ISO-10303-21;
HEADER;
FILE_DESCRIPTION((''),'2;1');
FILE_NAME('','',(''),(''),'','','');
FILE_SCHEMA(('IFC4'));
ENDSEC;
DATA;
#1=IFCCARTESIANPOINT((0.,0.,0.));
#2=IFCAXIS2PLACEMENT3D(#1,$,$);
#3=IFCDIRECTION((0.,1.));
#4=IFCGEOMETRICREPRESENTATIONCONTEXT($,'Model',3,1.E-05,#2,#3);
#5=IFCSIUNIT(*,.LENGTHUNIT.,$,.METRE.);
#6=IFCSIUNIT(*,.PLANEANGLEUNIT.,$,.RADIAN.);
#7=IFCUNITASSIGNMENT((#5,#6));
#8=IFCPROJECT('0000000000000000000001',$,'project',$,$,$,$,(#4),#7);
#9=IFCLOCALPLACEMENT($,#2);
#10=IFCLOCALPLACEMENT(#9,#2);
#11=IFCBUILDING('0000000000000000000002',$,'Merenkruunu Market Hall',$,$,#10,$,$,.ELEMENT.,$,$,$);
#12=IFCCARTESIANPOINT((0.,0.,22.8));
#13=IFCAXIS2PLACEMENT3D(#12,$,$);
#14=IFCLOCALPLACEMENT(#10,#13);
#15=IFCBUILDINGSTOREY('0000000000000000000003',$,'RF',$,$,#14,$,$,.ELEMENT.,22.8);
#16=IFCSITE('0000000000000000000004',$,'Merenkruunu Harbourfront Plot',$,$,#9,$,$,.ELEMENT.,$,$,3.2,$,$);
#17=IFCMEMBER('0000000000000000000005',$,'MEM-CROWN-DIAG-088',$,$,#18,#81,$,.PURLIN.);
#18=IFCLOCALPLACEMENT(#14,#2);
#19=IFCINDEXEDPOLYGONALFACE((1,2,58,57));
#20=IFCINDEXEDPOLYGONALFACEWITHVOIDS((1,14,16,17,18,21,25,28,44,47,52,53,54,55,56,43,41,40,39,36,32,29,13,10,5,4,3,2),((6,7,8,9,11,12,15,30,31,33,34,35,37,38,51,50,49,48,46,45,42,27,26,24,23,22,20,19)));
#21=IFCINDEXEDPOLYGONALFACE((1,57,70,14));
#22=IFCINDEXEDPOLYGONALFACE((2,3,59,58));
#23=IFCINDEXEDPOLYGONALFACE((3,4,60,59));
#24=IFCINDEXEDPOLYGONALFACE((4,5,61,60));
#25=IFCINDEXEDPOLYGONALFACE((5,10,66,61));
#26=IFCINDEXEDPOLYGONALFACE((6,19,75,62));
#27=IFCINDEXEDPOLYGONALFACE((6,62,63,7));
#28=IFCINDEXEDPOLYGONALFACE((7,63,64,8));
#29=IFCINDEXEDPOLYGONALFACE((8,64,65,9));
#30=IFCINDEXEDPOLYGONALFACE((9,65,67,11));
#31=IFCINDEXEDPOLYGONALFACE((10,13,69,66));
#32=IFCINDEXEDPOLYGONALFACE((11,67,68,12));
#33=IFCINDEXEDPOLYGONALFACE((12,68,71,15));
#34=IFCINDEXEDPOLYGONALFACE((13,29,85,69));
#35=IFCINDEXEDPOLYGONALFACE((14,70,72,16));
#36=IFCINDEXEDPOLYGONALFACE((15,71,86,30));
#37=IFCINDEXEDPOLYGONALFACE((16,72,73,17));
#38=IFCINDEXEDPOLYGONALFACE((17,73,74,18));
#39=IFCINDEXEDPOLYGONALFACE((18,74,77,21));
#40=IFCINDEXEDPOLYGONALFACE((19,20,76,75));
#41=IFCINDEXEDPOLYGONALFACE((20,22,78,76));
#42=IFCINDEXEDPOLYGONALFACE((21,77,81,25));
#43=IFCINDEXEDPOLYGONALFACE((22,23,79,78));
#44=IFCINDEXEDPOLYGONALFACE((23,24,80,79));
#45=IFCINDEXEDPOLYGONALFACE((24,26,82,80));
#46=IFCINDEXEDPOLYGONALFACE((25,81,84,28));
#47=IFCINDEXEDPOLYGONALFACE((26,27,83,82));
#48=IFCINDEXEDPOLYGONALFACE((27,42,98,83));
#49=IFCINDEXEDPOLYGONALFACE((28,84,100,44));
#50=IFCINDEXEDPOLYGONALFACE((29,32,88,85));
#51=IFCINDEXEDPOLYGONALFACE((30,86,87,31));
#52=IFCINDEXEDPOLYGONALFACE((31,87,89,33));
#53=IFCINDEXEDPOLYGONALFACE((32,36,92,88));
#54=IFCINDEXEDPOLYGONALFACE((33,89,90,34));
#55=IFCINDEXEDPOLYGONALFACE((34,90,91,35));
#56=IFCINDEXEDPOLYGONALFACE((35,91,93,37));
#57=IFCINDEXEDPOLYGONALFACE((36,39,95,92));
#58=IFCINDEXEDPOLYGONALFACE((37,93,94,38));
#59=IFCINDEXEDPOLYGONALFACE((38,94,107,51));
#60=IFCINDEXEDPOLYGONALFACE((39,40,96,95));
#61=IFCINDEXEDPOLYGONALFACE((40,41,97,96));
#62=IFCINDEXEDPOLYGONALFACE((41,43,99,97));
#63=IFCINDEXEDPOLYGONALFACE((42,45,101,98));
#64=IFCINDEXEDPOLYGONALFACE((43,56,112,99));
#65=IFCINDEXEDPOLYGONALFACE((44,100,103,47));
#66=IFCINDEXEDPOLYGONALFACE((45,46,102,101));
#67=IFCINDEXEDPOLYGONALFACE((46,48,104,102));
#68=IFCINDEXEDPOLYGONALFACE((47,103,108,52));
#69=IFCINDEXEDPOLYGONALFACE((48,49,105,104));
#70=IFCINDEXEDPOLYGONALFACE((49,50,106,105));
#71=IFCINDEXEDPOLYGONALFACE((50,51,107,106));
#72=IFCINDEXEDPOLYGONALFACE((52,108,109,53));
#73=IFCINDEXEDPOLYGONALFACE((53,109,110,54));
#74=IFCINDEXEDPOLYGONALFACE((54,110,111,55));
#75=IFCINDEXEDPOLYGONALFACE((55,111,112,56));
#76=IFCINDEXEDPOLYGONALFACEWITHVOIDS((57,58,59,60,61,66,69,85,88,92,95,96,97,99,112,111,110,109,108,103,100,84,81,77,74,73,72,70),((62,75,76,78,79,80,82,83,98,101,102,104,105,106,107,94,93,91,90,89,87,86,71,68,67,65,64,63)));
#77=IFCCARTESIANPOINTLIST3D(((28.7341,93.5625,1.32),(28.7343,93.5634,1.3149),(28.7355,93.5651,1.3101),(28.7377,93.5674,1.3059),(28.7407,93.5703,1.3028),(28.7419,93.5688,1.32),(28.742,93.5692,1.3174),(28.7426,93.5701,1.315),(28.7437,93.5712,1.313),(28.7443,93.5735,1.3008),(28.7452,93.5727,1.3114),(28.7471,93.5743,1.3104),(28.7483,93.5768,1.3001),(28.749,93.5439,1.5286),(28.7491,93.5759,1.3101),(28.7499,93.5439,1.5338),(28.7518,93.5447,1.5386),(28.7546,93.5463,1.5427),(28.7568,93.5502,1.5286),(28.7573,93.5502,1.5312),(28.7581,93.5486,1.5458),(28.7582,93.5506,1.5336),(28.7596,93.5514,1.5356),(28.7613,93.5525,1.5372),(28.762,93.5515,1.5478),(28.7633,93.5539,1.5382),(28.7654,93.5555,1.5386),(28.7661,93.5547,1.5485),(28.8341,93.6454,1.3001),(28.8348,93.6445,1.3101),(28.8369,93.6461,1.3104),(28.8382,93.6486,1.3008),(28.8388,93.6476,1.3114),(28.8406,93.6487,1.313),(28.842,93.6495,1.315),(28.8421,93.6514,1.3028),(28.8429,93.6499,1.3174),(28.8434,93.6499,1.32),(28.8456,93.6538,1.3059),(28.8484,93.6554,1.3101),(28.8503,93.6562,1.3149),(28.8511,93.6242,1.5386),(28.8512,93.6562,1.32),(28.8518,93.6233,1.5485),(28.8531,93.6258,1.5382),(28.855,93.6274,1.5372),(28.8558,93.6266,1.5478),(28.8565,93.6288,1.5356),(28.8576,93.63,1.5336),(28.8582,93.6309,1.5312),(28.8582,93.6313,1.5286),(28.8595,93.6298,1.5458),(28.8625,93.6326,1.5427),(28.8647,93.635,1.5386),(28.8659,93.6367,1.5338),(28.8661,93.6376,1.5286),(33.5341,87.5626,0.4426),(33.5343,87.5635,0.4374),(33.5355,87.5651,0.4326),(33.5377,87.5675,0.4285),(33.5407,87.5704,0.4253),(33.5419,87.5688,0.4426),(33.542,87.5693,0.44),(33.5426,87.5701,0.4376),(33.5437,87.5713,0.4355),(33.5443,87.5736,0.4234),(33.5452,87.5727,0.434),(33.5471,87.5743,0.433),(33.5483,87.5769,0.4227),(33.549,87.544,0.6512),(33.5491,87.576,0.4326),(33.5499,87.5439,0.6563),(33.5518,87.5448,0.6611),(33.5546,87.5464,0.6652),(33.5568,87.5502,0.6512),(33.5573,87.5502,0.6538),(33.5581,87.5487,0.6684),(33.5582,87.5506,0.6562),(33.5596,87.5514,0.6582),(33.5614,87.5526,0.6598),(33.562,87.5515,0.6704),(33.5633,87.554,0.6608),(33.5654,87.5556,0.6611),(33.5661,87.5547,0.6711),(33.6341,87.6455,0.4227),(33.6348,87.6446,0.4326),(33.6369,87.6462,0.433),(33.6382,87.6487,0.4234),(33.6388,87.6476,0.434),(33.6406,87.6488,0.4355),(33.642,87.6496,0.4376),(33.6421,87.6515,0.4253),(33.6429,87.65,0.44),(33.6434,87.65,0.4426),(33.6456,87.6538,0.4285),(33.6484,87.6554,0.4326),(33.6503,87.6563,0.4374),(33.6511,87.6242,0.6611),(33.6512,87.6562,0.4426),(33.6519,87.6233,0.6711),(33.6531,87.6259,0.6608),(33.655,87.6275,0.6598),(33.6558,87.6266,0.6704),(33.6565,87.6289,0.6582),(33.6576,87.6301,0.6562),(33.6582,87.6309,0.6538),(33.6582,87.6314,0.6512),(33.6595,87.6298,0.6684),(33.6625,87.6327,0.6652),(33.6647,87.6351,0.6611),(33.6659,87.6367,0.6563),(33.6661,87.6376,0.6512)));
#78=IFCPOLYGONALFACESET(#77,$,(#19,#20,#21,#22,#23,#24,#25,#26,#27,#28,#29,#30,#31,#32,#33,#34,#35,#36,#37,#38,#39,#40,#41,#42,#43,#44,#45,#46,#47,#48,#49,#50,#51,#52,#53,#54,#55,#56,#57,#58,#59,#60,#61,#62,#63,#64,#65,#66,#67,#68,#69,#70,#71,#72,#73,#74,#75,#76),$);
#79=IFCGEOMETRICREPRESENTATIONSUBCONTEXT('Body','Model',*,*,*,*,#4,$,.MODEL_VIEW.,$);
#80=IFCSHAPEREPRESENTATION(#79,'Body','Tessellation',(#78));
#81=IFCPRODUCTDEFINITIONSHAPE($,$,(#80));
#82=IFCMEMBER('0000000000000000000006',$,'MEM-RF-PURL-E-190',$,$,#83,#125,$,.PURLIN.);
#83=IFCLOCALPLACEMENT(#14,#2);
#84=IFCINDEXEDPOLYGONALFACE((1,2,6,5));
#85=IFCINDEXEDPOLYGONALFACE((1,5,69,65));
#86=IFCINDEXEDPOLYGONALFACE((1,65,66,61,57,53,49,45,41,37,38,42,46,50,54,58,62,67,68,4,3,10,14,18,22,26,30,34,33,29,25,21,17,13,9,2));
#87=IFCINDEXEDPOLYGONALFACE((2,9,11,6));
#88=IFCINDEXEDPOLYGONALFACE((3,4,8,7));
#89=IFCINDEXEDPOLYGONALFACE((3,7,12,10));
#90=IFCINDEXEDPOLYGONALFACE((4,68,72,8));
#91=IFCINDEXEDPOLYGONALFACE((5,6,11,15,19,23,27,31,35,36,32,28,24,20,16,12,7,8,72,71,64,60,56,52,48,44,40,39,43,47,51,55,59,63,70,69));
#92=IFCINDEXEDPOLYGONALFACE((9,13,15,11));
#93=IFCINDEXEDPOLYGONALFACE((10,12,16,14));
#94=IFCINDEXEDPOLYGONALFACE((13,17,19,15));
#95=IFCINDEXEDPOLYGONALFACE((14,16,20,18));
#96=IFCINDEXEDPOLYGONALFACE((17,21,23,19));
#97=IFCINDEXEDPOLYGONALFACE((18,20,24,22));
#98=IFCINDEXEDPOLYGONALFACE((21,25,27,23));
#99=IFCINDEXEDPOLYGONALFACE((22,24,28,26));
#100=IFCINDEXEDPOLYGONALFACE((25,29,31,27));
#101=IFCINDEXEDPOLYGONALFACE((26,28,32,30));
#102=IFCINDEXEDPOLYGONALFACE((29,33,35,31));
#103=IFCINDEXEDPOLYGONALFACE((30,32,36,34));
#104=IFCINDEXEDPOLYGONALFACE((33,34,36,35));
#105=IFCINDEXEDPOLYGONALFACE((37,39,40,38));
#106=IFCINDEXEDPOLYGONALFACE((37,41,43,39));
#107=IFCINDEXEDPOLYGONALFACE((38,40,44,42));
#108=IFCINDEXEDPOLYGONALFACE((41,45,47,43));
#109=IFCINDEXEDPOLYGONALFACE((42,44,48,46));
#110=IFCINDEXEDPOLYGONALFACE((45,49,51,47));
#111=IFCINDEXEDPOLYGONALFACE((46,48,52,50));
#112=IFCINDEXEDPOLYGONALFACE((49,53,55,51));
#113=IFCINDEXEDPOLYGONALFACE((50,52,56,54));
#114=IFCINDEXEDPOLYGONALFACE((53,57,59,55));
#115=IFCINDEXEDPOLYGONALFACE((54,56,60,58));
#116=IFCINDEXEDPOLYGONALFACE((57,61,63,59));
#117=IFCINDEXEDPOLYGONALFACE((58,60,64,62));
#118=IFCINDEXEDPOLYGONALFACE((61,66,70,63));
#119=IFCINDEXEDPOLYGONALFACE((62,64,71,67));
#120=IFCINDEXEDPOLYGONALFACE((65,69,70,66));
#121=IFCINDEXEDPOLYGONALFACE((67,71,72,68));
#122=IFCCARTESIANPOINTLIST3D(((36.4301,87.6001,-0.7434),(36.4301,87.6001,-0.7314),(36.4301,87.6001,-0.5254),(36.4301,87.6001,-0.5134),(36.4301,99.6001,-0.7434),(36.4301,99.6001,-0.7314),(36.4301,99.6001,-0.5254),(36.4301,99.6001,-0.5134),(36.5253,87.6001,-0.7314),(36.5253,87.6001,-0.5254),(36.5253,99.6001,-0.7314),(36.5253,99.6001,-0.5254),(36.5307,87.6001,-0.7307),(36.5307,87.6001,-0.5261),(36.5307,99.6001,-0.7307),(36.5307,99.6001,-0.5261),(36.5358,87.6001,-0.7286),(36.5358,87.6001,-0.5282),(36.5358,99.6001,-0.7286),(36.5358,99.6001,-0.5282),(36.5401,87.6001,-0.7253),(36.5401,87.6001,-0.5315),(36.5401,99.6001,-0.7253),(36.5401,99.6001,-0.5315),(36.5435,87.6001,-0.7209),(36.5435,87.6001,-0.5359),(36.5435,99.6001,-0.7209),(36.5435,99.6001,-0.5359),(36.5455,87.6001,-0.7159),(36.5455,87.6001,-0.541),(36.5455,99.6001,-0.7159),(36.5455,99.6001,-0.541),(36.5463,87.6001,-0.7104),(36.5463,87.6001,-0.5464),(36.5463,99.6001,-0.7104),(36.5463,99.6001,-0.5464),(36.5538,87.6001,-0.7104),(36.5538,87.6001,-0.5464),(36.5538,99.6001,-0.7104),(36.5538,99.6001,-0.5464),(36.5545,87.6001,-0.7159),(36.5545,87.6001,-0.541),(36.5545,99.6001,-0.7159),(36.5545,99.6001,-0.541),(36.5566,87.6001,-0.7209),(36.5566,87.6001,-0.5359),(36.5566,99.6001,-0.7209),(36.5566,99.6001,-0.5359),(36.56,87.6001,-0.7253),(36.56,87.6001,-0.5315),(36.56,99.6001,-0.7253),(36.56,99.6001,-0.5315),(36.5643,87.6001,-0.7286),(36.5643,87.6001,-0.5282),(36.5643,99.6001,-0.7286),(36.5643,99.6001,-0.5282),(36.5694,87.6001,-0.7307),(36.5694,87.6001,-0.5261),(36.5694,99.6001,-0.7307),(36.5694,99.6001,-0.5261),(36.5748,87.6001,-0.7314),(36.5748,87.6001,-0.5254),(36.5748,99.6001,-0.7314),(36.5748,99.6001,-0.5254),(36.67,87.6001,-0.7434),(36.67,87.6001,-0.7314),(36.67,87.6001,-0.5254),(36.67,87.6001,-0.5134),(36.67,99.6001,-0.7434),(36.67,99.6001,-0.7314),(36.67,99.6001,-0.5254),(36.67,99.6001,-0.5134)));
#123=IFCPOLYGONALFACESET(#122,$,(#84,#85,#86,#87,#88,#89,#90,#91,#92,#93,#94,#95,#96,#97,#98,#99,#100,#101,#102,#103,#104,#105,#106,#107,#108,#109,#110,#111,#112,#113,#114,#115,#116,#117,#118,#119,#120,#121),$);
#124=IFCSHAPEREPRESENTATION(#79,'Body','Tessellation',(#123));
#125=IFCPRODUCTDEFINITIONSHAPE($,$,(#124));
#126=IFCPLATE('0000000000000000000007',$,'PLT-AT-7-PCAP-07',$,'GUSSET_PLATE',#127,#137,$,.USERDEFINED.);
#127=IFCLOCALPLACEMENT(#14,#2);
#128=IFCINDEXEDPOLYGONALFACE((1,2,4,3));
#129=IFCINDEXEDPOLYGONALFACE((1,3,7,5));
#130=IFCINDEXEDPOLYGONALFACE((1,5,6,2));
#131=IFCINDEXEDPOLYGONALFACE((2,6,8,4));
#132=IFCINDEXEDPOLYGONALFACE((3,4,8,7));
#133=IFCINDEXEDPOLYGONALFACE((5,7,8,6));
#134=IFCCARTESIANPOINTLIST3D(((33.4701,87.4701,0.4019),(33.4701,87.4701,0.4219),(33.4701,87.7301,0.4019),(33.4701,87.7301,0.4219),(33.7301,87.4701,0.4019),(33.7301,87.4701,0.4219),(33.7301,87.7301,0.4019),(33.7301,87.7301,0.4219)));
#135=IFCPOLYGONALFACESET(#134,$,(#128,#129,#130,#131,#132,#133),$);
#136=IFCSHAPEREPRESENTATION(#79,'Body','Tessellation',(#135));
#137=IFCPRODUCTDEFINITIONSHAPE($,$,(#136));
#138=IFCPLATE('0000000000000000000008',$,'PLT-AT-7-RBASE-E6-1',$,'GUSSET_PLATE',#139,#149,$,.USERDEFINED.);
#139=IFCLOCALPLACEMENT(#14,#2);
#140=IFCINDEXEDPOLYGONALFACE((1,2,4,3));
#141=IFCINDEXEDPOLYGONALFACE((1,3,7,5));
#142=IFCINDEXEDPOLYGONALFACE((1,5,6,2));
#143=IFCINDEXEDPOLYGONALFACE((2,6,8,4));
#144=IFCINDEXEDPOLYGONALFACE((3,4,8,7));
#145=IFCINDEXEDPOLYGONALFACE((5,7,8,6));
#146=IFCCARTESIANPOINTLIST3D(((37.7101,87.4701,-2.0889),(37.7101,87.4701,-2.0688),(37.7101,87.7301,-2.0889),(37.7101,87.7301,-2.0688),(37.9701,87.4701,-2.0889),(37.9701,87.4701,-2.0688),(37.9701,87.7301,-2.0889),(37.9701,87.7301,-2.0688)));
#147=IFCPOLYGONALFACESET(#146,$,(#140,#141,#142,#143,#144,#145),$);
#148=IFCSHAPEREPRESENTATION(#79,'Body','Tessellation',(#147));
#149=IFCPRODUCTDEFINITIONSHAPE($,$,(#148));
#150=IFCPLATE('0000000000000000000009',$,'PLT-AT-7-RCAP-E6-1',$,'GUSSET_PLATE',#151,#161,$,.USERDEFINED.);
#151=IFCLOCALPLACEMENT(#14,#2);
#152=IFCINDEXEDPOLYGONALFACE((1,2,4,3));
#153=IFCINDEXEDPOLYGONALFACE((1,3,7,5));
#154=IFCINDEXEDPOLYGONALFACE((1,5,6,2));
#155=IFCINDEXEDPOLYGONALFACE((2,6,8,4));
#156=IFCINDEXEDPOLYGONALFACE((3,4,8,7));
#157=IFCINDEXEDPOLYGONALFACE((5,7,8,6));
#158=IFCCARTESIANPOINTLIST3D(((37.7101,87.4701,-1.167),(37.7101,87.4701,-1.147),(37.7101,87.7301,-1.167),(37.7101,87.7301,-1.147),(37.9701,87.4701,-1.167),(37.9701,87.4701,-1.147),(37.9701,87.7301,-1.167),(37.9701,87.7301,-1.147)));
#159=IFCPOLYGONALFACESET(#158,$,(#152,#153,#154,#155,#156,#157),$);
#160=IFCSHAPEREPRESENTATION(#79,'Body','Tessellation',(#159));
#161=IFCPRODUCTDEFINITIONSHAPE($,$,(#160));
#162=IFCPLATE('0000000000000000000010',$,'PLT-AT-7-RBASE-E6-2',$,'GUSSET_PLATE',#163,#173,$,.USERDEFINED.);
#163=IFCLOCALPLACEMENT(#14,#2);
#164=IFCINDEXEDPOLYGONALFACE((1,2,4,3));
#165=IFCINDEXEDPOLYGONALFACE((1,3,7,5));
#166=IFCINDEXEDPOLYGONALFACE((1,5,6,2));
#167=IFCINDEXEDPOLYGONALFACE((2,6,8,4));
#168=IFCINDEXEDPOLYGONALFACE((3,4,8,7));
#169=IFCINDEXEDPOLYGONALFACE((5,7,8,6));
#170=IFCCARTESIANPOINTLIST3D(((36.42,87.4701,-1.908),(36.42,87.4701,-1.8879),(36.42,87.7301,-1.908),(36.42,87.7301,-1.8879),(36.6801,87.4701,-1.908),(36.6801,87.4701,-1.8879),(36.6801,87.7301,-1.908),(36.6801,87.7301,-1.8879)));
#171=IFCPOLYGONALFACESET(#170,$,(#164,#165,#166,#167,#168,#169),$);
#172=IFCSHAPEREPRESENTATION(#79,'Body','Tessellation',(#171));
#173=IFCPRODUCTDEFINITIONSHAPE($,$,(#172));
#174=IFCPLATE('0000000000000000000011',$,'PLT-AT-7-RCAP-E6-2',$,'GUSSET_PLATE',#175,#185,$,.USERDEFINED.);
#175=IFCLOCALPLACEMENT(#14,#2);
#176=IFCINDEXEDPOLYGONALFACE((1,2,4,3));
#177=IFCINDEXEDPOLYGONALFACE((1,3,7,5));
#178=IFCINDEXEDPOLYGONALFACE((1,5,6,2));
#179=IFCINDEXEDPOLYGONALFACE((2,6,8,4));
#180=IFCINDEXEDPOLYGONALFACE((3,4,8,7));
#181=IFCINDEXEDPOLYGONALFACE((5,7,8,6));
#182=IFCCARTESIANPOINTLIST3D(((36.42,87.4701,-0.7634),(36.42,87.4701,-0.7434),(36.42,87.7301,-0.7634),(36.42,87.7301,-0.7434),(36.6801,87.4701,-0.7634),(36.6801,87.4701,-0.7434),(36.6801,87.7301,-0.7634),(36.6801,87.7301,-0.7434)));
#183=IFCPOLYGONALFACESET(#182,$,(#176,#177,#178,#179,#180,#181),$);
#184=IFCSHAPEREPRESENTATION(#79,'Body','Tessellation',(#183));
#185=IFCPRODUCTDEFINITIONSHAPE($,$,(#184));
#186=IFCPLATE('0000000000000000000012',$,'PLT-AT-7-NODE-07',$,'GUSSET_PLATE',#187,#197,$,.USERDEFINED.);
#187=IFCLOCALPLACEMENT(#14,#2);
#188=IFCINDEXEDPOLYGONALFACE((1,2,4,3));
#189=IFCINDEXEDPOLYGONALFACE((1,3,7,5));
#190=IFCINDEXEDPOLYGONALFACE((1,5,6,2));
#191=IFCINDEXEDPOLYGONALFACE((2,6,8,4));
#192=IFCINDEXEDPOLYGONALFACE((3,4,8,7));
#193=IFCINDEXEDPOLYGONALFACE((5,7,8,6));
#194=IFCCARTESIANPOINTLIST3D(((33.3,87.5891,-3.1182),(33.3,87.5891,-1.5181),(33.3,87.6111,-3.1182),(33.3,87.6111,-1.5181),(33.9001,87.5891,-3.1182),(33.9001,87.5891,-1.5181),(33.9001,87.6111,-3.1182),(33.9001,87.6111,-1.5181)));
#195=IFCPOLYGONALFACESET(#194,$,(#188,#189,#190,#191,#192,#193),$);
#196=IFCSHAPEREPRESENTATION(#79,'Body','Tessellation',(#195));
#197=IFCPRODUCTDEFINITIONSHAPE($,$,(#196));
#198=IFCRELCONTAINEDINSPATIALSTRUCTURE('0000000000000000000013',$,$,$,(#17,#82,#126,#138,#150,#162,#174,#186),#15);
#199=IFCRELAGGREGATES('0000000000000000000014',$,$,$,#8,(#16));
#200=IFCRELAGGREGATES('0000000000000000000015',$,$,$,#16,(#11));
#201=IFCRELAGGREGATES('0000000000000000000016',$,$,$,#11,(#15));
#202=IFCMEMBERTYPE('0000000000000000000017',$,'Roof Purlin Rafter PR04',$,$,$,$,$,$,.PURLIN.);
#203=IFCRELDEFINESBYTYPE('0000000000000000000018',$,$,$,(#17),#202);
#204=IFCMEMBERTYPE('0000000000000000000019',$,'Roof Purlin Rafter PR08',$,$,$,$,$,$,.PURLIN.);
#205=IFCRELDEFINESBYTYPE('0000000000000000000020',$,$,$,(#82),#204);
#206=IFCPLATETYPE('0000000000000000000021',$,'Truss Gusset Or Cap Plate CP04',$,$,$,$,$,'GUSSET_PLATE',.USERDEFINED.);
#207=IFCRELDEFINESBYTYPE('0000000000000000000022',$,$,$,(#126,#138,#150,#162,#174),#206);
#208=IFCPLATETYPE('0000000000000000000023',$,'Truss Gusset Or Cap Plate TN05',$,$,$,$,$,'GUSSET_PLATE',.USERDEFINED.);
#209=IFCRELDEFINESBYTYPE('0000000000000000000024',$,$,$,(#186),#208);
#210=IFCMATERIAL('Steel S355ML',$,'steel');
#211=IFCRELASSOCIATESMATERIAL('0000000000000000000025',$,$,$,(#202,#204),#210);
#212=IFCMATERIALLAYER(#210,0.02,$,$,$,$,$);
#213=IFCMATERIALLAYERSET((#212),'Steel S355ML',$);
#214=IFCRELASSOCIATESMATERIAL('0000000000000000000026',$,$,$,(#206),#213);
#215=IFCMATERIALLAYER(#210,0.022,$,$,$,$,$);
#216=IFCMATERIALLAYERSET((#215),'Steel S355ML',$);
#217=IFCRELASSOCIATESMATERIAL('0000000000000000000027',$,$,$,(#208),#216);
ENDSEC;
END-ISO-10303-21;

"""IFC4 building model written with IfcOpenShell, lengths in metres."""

from ifc_helpers import new_model, si_unit, direction, frame, origin, origin_2d, place, context, subcontext, project, spatial, rectangle, hollow_rectangle, i_section, extrude, material, layer, layer_set, material_profile, profile_set, type_object, element, save


model = new_model("IFC4")

# Units and contexts
model_context = context("Model", 3, precision=1e-05, world=origin(), true_north=direction((0.0, 1.0)))
body_context = subcontext(model_context, "Body", "Model", "MODEL_VIEW")
ifc_project = project(units=[si_unit("LENGTHUNIT", "METRE"), si_unit("PLANEANGLEUNIT", "RADIAN")], contexts=[model_context])

# Site, building, storey
site_placement = place(None, origin())
site = spatial("IfcSite", under=ifc_project, at=site_placement, Name="Merenkruunu Harbourfront Plot", CompositionType="ELEMENT", RefElevation=3.2)
building_placement = place(site_placement, origin())
building = spatial("IfcBuilding", under=site, at=building_placement, Name="Merenkruunu Market Hall", CompositionType="ELEMENT")
storey_placement = place(building_placement, frame((0.0, 0.0, 22.8)))
storey = spatial("IfcBuildingStorey", under=building, at=storey_placement, Name="RF", CompositionType="ELEMENT", Elevation=22.8)

# Members
ifc_material_1 = material(Name="Steel S355ML", Category="steel")
ifc_material_profile_1 = material_profile(ifc_material_1, hollow_rectangle(XDim=0.1499, YDim=0.25, WallThickness=0.01, InnerFilletRadius=0.01, OuterFilletRadius=0.02, at=origin_2d()), Name="RHS 250x150x10")
ifc_profile_set_1 = profile_set([ifc_material_profile_1], Name="Steel S355ML")
member_type_1 = type_object("IfcMemberType", Name="Roof Purlin Rafter PR04", PredefinedType="PURLIN", material=ifc_profile_set_1)
member_1_placement = place(storey_placement, frame((33.6001, 87.6001, 0.5469), z_axis=(-0.620665, 0.775824, 0.113457), x_axis=(-0.780866, -0.624699, 0.0)))
element("IfcMember", 1, at=member_1_placement, inside=storey, type_object=member_type_1, Name="MEM-CROWN-DIAG-088", PredefinedType="PURLIN", context=body_context, shape_type="SweptSolid", body=[
    extrude(hollow_rectangle(XDim=0.1499, YDim=0.25, WallThickness=0.01, InnerFilletRadius=0.01, OuterFilletRadius=0.02, at=origin_2d()), origin(), (0.0, 0.0, 1.0), 7.7336),
])
ifc_material_profile_2 = material_profile(ifc_material_1, i_section(OverallWidth=0.24, OverallDepth=0.23, WebThickness=0.0076, FlangeThickness=0.012, FilletRadius=0.021, at=origin_2d()), Name="HEA 240")
ifc_profile_set_2 = profile_set([ifc_material_profile_2], Name="Steel S355ML")
member_type_2 = type_object("IfcMemberType", Name="Roof Purlin Rafter PR08", PredefinedType="PURLIN", material=ifc_profile_set_2)
member_2_placement = place(storey_placement, frame((36.55, 87.6001, -0.6284), z_axis=(0.0, 1.0, 0.0), x_axis=(-1.0, 0.0, 0.0)))
element("IfcMember", 2, at=member_2_placement, inside=storey, type_object=member_type_2, Name="MEM-RF-PURL-E-190", PredefinedType="PURLIN", context=body_context, shape_type="SweptSolid", body=[
    extrude(i_section(OverallWidth=0.24, OverallDepth=0.23, WebThickness=0.0076, FlangeThickness=0.012, FilletRadius=0.021, at=origin_2d()), origin(), (0.0, 0.0, 1.0), 12.0),
])

# Plates
ifc_layer_1 = layer(ifc_material_1, 0.02)
ifc_layer_set_1 = layer_set([ifc_layer_1], Name="Steel S355ML")
plate_type_1 = type_object("IfcPlateType", Name="Truss Gusset Or Cap Plate CP04", ElementType="GUSSET_PLATE", PredefinedType="USERDEFINED", material=ifc_layer_set_1)
for number, where, z_axis, x_axis, name in (
    (3, (33.6001, 87.6001, 0.4019), (0.0, 0.0, 1.0), (1.0, 0.0, 0.0), "PLT-AT-7-PCAP-07"),
    (4, (37.8401, 87.6001, -2.0889), (0.0, 0.0, 1.0), (1.0, 0.0, 0.0), "PLT-AT-7-RBASE-E6-1"),
    (5, (37.8401, 87.6001, -1.167), (0.0, 0.0, 1.0), (1.0, 0.0, 0.0), "PLT-AT-7-RCAP-E6-1"),
    (6, (36.55, 87.6001, -1.908), (0.0, 0.0, 1.0), (1.0, 0.0, 0.0), "PLT-AT-7-RBASE-E6-2"),
    (7, (36.55, 87.6001, -0.7634), (0.0, 0.0, 1.0), (1.0, 0.0, 0.0), "PLT-AT-7-RCAP-E6-2"),
):
    element("IfcPlate", number, at=place(storey_placement, frame(where, z_axis=z_axis, x_axis=x_axis)), inside=storey, type_object=plate_type_1, Name=name, ObjectType="GUSSET_PLATE", PredefinedType="USERDEFINED", context=body_context, shape_type="SweptSolid", body=[
        extrude(rectangle(XDim=0.26, YDim=0.26, at=origin_2d()), origin(), (0.0, 0.0, 1.0), 0.02),
    ])
ifc_layer_2 = layer(ifc_material_1, 0.022)
ifc_layer_set_2 = layer_set([ifc_layer_2], Name="Steel S355ML")
plate_type_2 = type_object("IfcPlateType", Name="Truss Gusset Or Cap Plate TN05", ElementType="GUSSET_PLATE", PredefinedType="USERDEFINED", material=ifc_layer_set_2)
plate_placement = place(storey_placement, frame((33.6001, 87.6001, -3.1182), z_axis=(0.0, 0.0, 1.0), x_axis=(1.0, 0.0, 0.0)))
element("IfcPlate", 8, at=plate_placement, inside=storey, type_object=plate_type_2, Name="PLT-AT-7-NODE-07", ObjectType="GUSSET_PLATE", PredefinedType="USERDEFINED", context=body_context, shape_type="SweptSolid", body=[
    extrude(rectangle(XDim=0.6001, YDim=0.022, at=origin_2d()), origin(), (0.0, 0.0, 1.0), 1.6001),
])

save(model, "model.ifc")
